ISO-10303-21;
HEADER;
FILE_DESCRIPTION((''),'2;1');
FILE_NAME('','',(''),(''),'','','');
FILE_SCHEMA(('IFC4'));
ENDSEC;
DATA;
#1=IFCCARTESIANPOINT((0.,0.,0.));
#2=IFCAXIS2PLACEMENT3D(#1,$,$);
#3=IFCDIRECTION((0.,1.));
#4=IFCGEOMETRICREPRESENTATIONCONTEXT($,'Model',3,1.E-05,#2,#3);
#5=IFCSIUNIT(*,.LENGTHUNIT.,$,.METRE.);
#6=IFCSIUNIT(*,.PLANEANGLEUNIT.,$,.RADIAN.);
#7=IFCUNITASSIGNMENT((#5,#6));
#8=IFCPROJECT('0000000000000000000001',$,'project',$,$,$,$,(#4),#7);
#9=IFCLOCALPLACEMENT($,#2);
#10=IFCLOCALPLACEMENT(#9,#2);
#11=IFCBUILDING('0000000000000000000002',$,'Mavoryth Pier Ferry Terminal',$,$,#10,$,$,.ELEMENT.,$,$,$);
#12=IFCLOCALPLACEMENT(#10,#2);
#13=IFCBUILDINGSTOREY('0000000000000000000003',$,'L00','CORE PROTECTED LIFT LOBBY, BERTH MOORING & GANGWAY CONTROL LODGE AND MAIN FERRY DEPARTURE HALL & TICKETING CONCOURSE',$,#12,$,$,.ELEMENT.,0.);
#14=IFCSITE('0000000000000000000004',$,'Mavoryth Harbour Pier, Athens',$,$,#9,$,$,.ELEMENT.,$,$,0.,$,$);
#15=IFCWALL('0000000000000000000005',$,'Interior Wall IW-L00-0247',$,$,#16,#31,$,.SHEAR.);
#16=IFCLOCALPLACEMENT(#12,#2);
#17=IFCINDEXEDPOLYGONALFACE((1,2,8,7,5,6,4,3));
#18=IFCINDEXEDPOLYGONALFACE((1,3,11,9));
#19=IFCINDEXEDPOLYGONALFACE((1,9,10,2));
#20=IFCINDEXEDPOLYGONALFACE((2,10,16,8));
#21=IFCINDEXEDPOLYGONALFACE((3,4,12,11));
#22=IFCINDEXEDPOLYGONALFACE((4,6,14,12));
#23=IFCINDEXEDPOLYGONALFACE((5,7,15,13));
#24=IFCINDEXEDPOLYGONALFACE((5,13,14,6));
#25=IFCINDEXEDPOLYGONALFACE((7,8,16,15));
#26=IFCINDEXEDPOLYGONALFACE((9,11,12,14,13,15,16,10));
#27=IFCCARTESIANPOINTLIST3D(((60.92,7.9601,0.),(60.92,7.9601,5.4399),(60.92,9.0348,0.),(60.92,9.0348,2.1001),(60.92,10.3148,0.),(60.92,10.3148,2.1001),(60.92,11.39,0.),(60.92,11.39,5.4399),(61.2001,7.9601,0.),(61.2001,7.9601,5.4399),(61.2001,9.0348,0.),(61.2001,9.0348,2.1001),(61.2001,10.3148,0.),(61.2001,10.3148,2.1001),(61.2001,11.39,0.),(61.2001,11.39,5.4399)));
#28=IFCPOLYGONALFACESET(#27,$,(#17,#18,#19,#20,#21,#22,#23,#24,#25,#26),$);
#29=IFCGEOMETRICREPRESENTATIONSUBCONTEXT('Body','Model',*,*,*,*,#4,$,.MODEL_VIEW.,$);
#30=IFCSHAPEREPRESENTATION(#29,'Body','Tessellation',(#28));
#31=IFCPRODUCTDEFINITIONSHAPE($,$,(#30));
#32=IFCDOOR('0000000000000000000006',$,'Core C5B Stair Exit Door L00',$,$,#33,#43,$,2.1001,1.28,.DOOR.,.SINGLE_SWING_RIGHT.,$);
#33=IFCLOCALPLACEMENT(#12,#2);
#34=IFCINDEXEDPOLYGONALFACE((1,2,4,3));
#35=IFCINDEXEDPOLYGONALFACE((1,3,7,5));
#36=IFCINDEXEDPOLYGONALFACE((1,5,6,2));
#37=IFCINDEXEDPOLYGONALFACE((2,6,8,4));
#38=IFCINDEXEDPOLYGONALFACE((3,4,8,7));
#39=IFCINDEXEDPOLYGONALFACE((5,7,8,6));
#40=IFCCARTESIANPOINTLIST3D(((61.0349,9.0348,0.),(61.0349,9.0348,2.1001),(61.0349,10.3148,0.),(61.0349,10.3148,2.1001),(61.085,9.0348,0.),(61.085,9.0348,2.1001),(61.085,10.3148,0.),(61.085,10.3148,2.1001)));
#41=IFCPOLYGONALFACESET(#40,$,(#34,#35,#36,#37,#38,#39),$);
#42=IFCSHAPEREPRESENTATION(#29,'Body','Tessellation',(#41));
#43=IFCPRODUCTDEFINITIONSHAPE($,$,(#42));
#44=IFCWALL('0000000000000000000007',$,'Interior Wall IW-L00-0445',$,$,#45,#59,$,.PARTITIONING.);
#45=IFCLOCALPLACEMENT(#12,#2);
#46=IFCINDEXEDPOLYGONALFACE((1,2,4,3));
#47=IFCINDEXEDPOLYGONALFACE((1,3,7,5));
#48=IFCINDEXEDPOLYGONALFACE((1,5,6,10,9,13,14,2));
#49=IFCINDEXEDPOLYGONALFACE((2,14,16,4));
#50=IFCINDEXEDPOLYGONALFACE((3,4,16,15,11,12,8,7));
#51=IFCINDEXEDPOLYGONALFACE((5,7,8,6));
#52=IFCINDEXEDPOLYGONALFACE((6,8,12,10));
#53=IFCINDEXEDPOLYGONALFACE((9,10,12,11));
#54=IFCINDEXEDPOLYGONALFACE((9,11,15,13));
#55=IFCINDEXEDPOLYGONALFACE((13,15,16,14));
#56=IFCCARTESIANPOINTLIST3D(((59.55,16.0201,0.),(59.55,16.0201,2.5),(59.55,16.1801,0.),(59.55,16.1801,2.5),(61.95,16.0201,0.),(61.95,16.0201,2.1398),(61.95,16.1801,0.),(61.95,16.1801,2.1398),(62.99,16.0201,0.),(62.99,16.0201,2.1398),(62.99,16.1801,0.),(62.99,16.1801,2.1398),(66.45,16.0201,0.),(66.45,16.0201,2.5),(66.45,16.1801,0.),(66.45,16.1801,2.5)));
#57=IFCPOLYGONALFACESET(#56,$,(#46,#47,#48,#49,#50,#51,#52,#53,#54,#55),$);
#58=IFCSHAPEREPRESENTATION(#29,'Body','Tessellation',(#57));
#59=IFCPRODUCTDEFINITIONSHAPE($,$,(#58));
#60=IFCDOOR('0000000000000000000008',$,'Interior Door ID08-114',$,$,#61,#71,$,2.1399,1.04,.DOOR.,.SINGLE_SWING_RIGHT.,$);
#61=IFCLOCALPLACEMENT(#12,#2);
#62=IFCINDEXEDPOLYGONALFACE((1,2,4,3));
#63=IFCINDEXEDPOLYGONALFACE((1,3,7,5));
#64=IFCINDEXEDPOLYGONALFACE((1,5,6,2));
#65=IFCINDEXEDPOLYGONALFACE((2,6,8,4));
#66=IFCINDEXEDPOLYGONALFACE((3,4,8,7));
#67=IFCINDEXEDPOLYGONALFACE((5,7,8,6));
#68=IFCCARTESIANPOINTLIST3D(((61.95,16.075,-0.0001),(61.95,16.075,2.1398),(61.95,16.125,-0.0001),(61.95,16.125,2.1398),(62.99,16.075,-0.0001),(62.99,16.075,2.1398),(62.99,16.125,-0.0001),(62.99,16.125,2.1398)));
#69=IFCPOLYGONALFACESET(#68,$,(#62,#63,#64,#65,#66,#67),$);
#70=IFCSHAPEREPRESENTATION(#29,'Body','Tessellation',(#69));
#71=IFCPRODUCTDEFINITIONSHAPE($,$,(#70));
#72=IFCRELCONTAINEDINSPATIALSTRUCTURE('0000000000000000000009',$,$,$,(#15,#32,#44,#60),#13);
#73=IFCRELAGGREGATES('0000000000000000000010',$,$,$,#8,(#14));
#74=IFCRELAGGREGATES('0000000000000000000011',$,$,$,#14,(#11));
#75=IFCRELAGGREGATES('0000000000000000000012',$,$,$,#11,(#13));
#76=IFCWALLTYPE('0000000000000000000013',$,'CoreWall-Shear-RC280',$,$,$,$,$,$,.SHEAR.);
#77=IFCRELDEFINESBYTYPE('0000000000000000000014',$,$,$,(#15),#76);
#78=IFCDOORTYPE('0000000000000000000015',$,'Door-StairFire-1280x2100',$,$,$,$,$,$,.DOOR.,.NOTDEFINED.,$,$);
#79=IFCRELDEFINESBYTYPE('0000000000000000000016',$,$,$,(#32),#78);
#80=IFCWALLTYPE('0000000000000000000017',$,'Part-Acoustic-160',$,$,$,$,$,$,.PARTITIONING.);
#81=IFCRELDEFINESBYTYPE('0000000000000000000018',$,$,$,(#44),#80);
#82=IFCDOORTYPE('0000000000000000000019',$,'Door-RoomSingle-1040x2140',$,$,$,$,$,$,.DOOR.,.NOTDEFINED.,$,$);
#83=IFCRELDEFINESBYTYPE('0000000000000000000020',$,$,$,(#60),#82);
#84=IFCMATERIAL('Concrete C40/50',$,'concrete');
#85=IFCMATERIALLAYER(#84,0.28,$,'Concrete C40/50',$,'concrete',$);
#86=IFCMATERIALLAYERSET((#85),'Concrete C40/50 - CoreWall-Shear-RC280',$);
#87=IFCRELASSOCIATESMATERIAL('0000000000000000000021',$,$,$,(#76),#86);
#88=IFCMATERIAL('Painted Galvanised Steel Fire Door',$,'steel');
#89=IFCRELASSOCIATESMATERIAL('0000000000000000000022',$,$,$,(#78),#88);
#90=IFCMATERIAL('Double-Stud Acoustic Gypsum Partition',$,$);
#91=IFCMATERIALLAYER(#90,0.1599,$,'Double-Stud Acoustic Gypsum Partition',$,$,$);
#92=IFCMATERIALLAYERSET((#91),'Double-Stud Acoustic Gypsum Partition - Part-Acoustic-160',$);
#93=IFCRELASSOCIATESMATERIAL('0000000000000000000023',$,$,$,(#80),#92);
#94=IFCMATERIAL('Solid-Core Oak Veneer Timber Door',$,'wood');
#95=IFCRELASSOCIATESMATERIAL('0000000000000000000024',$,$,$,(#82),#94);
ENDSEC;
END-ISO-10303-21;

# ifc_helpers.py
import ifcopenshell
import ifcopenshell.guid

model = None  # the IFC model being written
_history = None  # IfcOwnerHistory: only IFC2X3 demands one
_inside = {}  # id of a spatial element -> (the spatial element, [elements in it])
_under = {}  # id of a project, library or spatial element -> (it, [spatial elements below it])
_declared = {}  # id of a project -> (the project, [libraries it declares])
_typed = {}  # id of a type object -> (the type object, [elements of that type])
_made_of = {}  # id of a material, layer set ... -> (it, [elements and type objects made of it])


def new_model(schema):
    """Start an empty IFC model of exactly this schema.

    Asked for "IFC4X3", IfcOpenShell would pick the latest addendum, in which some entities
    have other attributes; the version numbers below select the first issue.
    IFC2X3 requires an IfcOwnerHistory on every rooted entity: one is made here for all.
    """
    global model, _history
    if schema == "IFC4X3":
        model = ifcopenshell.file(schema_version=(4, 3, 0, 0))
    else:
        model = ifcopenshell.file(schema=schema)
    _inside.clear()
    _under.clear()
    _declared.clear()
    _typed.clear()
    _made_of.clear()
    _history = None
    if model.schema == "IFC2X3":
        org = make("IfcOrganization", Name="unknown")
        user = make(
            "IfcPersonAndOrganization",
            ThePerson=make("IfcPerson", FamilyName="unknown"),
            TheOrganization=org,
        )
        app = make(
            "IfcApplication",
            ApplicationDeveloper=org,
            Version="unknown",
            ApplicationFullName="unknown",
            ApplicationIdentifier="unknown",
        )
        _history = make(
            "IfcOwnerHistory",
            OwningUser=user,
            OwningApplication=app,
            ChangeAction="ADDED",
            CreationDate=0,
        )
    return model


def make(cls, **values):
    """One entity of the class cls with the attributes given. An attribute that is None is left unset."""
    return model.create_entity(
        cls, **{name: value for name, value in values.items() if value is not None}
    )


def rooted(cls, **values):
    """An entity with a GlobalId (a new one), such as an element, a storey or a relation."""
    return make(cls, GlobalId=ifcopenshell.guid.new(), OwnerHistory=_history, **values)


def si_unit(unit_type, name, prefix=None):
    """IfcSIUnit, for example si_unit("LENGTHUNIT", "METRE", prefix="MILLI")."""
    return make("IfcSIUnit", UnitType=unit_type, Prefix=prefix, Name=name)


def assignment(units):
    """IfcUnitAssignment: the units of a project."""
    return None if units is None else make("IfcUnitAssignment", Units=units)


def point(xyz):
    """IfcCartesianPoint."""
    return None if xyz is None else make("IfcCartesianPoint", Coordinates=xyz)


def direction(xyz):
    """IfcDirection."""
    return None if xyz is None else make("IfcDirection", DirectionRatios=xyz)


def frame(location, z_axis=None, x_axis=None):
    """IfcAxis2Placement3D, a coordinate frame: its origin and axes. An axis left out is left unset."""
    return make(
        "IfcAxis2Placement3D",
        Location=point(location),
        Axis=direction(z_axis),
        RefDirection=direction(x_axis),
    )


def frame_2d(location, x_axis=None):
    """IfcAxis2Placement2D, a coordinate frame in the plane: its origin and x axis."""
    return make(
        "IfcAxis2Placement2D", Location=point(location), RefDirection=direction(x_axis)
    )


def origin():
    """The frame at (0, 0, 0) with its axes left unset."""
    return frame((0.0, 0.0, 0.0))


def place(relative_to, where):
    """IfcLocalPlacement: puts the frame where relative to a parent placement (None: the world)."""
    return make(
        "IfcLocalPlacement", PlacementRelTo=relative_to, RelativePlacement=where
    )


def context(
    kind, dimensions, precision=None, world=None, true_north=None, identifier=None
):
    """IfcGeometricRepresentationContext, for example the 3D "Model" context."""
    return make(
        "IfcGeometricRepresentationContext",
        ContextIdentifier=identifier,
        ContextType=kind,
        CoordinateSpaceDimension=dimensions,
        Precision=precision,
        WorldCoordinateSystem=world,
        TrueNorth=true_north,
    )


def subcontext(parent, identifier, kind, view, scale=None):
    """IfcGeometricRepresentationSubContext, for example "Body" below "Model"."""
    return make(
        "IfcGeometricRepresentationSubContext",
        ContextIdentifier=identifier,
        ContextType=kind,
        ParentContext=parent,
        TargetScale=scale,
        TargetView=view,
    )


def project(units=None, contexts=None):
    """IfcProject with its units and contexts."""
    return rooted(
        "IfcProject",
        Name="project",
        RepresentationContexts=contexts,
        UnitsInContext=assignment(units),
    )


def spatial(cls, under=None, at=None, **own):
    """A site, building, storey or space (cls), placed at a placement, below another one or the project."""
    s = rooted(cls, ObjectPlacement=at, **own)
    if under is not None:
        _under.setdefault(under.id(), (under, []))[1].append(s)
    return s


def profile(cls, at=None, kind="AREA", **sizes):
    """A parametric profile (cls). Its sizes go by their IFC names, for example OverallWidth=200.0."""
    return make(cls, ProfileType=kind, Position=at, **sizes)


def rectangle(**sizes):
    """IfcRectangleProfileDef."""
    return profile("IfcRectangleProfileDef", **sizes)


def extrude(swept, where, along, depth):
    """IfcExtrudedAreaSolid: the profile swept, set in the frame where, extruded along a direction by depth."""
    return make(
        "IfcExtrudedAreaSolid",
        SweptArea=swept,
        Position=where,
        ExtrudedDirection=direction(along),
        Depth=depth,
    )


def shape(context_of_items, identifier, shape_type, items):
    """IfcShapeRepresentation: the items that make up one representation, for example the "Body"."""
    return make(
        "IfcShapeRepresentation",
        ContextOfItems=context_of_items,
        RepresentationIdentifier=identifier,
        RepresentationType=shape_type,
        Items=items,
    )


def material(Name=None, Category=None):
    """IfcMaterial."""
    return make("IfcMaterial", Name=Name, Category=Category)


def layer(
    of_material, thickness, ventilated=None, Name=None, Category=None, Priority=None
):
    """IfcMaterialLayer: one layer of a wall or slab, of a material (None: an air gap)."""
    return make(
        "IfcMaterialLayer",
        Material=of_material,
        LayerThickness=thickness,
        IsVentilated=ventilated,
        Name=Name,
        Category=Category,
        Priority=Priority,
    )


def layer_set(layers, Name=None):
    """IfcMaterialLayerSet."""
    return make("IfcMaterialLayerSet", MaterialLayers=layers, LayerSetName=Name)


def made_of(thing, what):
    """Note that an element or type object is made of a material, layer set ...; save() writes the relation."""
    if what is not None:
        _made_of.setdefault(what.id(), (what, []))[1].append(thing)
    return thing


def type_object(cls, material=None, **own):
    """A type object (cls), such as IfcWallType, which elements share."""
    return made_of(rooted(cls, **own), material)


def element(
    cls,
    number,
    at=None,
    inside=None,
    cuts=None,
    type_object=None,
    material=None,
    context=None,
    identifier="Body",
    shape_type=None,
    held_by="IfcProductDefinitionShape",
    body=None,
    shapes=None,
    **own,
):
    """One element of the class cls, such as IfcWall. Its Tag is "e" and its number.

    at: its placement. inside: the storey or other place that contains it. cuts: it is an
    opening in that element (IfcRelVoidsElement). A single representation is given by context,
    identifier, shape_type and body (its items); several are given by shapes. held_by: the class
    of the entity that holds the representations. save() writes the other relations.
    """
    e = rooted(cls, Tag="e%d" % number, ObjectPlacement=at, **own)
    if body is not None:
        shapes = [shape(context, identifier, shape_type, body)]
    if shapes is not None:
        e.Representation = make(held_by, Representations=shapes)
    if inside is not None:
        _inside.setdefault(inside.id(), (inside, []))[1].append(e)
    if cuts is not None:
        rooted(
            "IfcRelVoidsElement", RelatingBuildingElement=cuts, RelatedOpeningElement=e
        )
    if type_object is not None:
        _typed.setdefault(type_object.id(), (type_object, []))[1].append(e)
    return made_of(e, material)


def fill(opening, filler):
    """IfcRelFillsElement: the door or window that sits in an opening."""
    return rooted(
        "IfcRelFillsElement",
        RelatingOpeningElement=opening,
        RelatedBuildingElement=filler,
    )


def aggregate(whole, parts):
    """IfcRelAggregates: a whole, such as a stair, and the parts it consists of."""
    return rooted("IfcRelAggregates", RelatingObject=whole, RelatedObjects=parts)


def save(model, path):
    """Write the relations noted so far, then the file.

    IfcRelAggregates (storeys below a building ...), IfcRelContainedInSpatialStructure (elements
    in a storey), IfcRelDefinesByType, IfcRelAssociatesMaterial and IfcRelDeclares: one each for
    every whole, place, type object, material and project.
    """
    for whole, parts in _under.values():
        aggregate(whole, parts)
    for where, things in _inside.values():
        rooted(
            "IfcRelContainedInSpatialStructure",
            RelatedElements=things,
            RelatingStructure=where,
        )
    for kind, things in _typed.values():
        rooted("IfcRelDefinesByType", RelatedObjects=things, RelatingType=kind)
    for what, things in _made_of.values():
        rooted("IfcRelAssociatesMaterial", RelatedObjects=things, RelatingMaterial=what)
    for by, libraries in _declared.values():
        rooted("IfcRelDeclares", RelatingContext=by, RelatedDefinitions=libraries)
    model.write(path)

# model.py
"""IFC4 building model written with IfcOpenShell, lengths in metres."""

from ifc_helpers import new_model, si_unit, direction, frame, frame_2d, origin, place, context, subcontext, project, spatial, rectangle, extrude, material, layer, layer_set, type_object, element, fill, save


model = new_model("IFC4")

# Units and contexts
model_context = context("Model", 3, precision=1e-05, world=origin(), true_north=direction((0.0, 1.0)))
body_context = subcontext(model_context, "Body", "Model", "MODEL_VIEW")
ifc_project = project(units=[si_unit("LENGTHUNIT", "METRE"), si_unit("PLANEANGLEUNIT", "RADIAN")], contexts=[model_context])

# Site, building, storey
site_placement = place(None, origin())
site = spatial("IfcSite", under=ifc_project, at=site_placement, Name="Mavoryth Harbour Pier, Athens", CompositionType="ELEMENT", RefElevation=0.0)
building_placement = place(site_placement, origin())
building = spatial("IfcBuilding", under=site, at=building_placement, Name="Mavoryth Pier Ferry Terminal", CompositionType="ELEMENT")
storey_placement = place(building_placement, origin())
storey = spatial("IfcBuildingStorey", under=building, at=storey_placement, Name="L00", Description="CORE PROTECTED LIFT LOBBY, BERTH MOORING & GANGWAY CONTROL LODGE AND MAIN FERRY DEPARTURE HALL & TICKETING CONCOURSE", CompositionType="ELEMENT", Elevation=0.0)

# Shared definitions
ifc_material_1 = material(Name="Concrete C40/50", Category="concrete")

# Shared definitions
ifc_layer_1 = layer(ifc_material_1, 0.28, Name="Concrete C40/50", Category="concrete")
ifc_layer_set_1 = layer_set([ifc_layer_1], Name="Concrete C40/50 - CoreWall-Shear-RC280")
wall_type_1 = type_object("IfcWallType", Name="CoreWall-Shear-RC280", PredefinedType="SHEAR", material=ifc_layer_set_1)

# Walls, openings, doors
wall_1_placement = place(storey_placement, frame((61.0601, 11.3899, 0.0), z_axis=(0.0, 0.0, 1.0), x_axis=(0.0, -1.0, 0.0)))
wall_1 = element("IfcWall", 1, at=wall_1_placement, inside=storey, type_object=wall_type_1, Name="Interior Wall IW-L00-0247", PredefinedType="SHEAR", context=body_context, shape_type="SweptSolid", body=[
    extrude(rectangle(XDim=3.4299, YDim=0.28, at=frame_2d((1.7148, 0.0))), origin(), (0.0, 0.0, 1.0), 5.4399),
])
opening_1_placement = place(wall_1_placement, frame((1.075, 0.0, 0.0)))
opening_1 = element("IfcOpeningElement", 2, at=opening_1_placement, cuts=wall_1, PredefinedType="OPENING", context=body_context, shape_type="SweptSolid", body=[
    extrude(rectangle(XDim=1.28, YDim=2.1001, at=frame_2d((0.6401, 1.05))), frame((0.0, 0.1499, 0.0), z_axis=(0.0, -1.0, 0.0), x_axis=(1.0, 0.0, 0.0)), (0.0, 0.0, 1.0), 0.3),
])
ifc_material_2 = material(Name="Painted Galvanised Steel Fire Door", Category="steel")
door_type_1 = type_object("IfcDoorType", Name="Door-StairFire-1280x2100", OperationType="NOTDEFINED", PredefinedType="DOOR", material=ifc_material_2)
door_1_placement = place(opening_1_placement, origin())
door_1 = element("IfcDoor", 3, at=door_1_placement, inside=storey, type_object=door_type_1, Name="Core C5B Stair Exit Door L00", OperationType="SINGLE_SWING_RIGHT", OverallHeight=2.1001, OverallWidth=1.28, PredefinedType="DOOR", context=body_context, shape_type="SweptSolid", body=[
    extrude(rectangle(XDim=1.28, YDim=2.1001, at=frame_2d((0.6401, 1.05))), frame((0.0, 0.0249, 0.0), z_axis=(0.0, -1.0, 0.0), x_axis=(1.0, 0.0, 0.0)), (0.0, 0.0, 1.0), 0.05),
])
fill(opening_1, door_1)
ifc_material_3 = material(Name="Double-Stud Acoustic Gypsum Partition")
ifc_layer_2 = layer(ifc_material_3, 0.1599, Name="Double-Stud Acoustic Gypsum Partition")
ifc_layer_set_2 = layer_set([ifc_layer_2], Name="Double-Stud Acoustic Gypsum Partition - Part-Acoustic-160")
wall_type_2 = type_object("IfcWallType", Name="Part-Acoustic-160", PredefinedType="PARTITIONING", material=ifc_layer_set_2)
wall_2_placement = place(storey_placement, frame((59.55, 16.1001, 0.0), z_axis=(0.0, 0.0, 1.0), x_axis=(1.0, 0.0, 0.0)))
wall_2 = element("IfcWall", 4, at=wall_2_placement, inside=storey, type_object=wall_type_2, Name="Interior Wall IW-L00-0445", PredefinedType="PARTITIONING", context=body_context, shape_type="SweptSolid", body=[
    extrude(rectangle(XDim=6.8999, YDim=0.1599, at=frame_2d((3.45, 0.0))), origin(), (0.0, 0.0, 1.0), 2.5),
])
opening_2_placement = place(wall_2_placement, frame((2.3999, 0.0, 0.0)))
opening_2 = element("IfcOpeningElement", 5, at=opening_2_placement, cuts=wall_2, PredefinedType="OPENING", context=body_context, shape_type="SweptSolid", body=[
    extrude(rectangle(XDim=1.04, YDim=2.1399, at=frame_2d((0.52, 1.0698))), frame((0.0, 0.0898, 0.0), z_axis=(0.0, -1.0, 0.0), x_axis=(1.0, 0.0, 0.0)), (0.0, 0.0, 1.0), 0.1799),
])
ifc_material_4 = material(Name="Solid-Core Oak Veneer Timber Door", Category="wood")
door_type_2 = type_object("IfcDoorType", Name="Door-RoomSingle-1040x2140", OperationType="NOTDEFINED", PredefinedType="DOOR", material=ifc_material_4)
door_2_placement = place(opening_2_placement, origin())
door_2 = element("IfcDoor", 6, at=door_2_placement, inside=storey, type_object=door_type_2, Name="Interior Door ID08-114", OperationType="SINGLE_SWING_RIGHT", OverallHeight=2.1399, OverallWidth=1.04, PredefinedType="DOOR", context=body_context, shape_type="SweptSolid", body=[
    extrude(rectangle(XDim=1.04, YDim=2.1399, at=frame_2d((0.52, 1.0698))), frame((0.0, 0.0249, 0.0), z_axis=(0.0, -1.0, 0.0), x_axis=(1.0, 0.0, 0.0)), (0.0, 0.0, 1.0), 0.05),
])
fill(opening_2, door_2)

save(model, "model.ifc")
